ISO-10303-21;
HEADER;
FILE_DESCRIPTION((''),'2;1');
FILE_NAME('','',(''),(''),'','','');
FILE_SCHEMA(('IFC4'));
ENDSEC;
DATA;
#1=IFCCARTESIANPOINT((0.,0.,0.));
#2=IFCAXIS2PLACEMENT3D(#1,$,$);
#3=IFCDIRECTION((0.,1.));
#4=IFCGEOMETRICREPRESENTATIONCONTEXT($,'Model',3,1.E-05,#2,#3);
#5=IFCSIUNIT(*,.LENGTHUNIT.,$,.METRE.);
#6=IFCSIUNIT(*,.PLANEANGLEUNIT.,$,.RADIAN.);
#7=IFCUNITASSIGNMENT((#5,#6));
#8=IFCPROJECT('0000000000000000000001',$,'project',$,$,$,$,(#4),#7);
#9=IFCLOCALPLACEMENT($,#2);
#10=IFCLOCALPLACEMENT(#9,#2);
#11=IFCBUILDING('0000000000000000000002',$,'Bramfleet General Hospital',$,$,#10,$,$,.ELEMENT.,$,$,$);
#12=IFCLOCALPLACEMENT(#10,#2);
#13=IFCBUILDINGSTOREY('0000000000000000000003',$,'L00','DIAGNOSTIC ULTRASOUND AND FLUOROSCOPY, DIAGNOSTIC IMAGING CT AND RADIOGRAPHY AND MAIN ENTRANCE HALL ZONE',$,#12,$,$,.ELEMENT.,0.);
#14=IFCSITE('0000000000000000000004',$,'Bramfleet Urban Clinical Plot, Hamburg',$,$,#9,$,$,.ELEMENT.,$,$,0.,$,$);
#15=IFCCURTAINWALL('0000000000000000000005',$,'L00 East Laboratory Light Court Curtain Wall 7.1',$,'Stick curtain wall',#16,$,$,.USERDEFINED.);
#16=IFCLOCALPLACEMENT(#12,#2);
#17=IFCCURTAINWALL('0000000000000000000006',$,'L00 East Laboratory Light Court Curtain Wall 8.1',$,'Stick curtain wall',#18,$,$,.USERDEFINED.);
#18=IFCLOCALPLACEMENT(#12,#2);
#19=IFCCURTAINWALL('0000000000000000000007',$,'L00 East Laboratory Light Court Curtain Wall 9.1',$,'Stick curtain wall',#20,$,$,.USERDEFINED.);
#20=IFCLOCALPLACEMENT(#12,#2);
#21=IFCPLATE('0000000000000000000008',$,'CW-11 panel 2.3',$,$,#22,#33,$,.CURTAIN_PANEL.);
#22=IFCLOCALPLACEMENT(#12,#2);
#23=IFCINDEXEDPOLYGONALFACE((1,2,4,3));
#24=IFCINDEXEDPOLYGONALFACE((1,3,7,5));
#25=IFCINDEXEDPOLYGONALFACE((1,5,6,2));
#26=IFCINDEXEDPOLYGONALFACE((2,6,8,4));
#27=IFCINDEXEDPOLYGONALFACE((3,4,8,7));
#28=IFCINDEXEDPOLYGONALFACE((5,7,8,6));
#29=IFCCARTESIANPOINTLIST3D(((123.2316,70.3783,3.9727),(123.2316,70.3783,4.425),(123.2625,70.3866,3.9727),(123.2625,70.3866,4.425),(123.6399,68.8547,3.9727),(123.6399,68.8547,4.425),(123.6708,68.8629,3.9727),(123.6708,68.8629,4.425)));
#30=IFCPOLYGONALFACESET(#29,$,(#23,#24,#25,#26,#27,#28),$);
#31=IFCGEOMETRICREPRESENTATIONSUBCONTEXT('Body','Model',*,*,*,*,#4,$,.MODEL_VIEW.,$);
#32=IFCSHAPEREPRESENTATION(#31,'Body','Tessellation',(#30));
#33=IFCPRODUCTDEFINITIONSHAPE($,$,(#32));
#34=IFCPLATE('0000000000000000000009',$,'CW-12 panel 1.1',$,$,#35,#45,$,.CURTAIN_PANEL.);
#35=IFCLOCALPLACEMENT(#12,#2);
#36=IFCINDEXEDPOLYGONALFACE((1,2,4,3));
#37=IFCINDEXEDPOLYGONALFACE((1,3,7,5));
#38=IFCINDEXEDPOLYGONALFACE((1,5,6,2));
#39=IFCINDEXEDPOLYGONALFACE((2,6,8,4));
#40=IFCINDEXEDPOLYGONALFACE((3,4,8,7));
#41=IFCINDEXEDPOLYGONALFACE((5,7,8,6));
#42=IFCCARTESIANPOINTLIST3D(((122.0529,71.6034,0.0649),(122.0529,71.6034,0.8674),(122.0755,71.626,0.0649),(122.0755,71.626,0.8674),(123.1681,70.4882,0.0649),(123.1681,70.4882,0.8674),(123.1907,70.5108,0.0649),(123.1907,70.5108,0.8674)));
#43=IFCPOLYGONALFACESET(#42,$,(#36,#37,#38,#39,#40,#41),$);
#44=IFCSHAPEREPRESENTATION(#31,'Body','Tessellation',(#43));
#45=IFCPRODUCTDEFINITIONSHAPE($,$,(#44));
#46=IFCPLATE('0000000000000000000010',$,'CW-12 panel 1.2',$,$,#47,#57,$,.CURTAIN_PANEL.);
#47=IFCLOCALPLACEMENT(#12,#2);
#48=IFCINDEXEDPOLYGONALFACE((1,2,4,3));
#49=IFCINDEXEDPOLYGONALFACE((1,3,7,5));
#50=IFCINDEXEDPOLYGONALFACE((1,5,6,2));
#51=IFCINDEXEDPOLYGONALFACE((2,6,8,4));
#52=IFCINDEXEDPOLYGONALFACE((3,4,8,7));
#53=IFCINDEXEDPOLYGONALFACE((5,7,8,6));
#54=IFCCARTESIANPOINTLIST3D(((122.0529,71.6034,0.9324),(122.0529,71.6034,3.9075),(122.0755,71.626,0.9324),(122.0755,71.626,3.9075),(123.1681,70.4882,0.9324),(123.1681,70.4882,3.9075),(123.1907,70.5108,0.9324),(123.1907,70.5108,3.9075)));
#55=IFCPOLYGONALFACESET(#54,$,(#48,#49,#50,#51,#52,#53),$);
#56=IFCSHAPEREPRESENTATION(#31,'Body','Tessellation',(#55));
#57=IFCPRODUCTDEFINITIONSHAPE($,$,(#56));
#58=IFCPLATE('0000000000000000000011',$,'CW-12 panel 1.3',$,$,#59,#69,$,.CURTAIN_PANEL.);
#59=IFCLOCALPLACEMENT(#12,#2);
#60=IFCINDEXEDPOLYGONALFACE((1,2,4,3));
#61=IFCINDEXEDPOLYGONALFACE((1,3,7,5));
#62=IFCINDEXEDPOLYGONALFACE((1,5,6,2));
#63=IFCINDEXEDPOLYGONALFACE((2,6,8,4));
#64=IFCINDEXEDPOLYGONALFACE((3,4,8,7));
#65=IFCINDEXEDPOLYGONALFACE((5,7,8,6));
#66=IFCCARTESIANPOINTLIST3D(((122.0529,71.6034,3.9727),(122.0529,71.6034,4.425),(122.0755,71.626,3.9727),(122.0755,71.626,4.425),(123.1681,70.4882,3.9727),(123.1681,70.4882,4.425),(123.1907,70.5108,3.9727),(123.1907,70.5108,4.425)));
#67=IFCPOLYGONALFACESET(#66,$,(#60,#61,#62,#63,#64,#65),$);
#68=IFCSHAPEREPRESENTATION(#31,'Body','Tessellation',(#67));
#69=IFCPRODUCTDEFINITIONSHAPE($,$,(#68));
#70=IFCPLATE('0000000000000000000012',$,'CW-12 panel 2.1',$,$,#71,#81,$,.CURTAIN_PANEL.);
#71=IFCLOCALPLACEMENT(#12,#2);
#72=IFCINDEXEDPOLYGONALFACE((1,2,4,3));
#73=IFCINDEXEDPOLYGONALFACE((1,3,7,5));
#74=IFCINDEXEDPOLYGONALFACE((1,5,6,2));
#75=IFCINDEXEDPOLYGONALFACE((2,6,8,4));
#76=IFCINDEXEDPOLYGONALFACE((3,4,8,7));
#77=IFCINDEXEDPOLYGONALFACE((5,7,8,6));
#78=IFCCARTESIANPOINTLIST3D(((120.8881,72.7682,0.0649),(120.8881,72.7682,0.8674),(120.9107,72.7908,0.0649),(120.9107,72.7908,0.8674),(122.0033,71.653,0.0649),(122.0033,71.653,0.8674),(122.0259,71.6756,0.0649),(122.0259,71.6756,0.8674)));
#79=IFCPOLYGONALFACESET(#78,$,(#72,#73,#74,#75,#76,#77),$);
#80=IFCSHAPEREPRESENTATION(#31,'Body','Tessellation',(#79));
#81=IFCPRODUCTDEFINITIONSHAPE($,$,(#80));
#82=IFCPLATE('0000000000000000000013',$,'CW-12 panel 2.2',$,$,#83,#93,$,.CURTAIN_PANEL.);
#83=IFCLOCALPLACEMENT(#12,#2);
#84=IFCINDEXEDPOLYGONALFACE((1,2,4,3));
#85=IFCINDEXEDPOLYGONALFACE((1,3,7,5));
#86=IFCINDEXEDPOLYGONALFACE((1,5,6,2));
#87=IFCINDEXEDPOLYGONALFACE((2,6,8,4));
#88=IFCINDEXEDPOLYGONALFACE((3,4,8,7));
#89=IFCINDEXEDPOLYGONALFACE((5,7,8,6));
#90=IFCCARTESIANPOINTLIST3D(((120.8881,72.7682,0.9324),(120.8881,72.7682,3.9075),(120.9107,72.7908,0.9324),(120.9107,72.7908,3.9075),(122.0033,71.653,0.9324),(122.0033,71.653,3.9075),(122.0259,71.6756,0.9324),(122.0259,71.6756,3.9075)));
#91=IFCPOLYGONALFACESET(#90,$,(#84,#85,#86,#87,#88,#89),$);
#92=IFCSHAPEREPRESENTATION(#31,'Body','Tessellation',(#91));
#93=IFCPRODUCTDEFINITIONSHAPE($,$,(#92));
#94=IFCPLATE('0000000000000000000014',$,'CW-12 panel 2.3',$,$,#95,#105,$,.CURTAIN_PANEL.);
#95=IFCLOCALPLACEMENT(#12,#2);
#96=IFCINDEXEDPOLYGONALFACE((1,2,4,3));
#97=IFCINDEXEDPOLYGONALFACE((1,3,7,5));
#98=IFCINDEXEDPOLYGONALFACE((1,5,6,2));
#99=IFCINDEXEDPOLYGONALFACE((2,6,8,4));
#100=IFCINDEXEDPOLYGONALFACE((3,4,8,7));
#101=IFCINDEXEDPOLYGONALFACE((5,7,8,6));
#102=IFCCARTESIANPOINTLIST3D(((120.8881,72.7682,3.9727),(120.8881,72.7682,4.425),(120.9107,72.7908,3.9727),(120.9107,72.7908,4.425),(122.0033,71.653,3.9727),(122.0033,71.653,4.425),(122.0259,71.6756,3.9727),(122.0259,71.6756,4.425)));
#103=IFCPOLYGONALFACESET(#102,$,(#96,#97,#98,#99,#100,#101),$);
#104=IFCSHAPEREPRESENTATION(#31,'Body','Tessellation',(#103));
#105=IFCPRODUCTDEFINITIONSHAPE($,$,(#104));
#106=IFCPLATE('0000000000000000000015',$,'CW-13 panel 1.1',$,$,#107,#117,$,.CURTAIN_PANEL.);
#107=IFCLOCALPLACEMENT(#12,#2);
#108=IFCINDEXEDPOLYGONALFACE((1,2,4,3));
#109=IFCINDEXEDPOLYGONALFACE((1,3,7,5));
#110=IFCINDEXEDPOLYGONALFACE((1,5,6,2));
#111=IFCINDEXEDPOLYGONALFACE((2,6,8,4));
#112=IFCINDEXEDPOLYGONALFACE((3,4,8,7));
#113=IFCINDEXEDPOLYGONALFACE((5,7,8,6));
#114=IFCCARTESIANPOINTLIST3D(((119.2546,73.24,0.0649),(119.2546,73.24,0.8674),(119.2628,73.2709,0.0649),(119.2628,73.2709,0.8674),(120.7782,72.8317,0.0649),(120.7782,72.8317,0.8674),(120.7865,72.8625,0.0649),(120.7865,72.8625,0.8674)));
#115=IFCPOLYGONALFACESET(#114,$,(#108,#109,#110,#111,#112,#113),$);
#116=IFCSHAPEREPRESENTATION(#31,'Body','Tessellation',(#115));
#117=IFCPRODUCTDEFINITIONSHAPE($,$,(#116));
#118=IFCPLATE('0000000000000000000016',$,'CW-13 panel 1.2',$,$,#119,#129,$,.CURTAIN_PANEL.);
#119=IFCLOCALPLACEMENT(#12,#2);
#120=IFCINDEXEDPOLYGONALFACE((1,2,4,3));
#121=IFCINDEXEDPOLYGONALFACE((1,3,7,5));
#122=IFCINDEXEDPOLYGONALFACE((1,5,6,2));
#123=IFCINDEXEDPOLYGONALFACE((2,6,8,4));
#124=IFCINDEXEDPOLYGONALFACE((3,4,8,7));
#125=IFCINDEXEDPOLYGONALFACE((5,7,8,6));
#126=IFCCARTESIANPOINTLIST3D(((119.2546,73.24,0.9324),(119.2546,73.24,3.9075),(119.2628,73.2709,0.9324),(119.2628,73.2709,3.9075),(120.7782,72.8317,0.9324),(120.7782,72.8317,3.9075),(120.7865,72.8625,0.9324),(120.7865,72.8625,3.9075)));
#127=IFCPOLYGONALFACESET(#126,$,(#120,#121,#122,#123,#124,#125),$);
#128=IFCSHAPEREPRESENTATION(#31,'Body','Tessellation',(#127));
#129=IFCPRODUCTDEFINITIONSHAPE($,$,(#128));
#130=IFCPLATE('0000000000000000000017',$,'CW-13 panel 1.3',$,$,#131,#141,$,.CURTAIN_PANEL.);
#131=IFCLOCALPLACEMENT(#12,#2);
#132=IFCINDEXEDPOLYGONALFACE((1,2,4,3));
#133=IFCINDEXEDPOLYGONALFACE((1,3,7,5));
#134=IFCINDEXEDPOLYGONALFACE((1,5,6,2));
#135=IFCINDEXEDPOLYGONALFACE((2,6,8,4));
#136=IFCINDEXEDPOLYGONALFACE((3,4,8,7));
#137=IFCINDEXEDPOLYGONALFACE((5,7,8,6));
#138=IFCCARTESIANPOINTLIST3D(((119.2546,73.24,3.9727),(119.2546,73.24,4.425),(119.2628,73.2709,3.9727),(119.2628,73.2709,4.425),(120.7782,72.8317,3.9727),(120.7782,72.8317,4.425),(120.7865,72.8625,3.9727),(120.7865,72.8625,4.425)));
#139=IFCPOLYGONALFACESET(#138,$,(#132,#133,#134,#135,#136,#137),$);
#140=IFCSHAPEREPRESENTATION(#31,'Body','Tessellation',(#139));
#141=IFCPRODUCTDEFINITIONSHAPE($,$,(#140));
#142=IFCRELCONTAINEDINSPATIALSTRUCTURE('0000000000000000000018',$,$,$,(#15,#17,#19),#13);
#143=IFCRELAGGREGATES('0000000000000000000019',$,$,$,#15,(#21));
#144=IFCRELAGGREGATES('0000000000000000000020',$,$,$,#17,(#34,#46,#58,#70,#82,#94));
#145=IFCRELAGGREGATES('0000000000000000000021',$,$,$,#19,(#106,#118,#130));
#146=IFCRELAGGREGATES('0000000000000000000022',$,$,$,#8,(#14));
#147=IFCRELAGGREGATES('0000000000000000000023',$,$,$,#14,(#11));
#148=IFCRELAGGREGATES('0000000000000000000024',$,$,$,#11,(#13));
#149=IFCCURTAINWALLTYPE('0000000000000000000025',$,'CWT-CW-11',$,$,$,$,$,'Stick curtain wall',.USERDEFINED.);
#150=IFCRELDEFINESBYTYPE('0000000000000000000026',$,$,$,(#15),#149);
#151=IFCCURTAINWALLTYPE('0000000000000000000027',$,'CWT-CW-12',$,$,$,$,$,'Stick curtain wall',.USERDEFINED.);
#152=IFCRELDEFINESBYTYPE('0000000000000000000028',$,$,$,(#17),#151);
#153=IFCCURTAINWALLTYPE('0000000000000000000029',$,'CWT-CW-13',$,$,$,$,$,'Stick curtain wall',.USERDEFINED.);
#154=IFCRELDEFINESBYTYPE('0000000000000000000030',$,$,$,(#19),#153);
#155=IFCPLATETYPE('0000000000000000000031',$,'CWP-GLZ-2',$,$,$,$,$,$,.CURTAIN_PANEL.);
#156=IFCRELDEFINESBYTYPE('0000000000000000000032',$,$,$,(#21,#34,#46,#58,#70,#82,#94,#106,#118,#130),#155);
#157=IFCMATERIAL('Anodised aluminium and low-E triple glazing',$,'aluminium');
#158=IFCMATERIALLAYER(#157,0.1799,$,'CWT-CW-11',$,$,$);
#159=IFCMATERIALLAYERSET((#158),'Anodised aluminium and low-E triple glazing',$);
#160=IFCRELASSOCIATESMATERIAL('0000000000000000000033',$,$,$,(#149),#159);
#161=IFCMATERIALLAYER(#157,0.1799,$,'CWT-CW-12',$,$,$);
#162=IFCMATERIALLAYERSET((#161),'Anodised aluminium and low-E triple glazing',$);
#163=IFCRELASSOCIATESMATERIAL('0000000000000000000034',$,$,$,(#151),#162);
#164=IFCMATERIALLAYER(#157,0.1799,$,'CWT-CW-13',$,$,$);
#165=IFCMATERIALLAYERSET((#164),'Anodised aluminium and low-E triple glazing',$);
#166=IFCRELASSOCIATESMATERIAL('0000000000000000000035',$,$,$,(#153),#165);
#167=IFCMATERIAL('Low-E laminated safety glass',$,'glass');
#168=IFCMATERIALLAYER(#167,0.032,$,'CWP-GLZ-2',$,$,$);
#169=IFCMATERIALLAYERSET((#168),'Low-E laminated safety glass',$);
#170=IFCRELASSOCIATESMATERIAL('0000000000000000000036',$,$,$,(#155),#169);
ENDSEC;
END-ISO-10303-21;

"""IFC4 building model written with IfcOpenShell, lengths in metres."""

from ifc_helpers import new_model, si_unit, direction, frame, origin, origin_2d, place, context, subcontext, project, spatial, rectangle, extrude, material, layer, layer_set, type_object, element, aggregate, save


model = new_model("IFC4")

# Units and contexts
model_context = context("Model", 3, precision=1e-05, world=origin(), true_north=direction((0.0, 1.0)))
body_context = subcontext(model_context, "Body", "Model", "MODEL_VIEW")
ifc_project = project(units=[si_unit("LENGTHUNIT", "METRE"), si_unit("PLANEANGLEUNIT", "RADIAN")], contexts=[model_context])

# Site, building, storey
site_placement = place(None, origin())
site = spatial("IfcSite", under=ifc_project, at=site_placement, Name="Bramfleet Urban Clinical Plot, Hamburg", CompositionType="ELEMENT", RefElevation=0.0)
building_placement = place(site_placement, origin())
building = spatial("IfcBuilding", under=site, at=building_placement, Name="Bramfleet General Hospital", CompositionType="ELEMENT")
storey_placement = place(building_placement, origin())
storey = spatial("IfcBuildingStorey", under=building, at=storey_placement, Name="L00", Description="DIAGNOSTIC ULTRASOUND AND FLUOROSCOPY, DIAGNOSTIC IMAGING CT AND RADIOGRAPHY AND MAIN ENTRANCE HALL ZONE", CompositionType="ELEMENT", Elevation=0.0)

# Curtain wall
ifc_material_1 = material(Name="Anodised aluminium and low-E triple glazing", Category="aluminium")
ifc_layer_1 = layer(ifc_material_1, 0.1799, Name="CWT-CW-11")
ifc_layer_set_1 = layer_set([ifc_layer_1], Name="Anodised aluminium and low-E triple glazing")
curtain_wall_type_1 = type_object("IfcCurtainWallType", Name="CWT-CW-11", ElementType="Stick curtain wall", PredefinedType="USERDEFINED", material=ifc_layer_set_1)
curtain_wall_1_placement = place(storey_placement, origin())
curtain_wall_1 = element("IfcCurtainWall", 1, at=curtain_wall_1_placement, inside=storey, type_object=curtain_wall_type_1, Name="L00 East Laboratory Light Court Curtain Wall 7.1", ObjectType="Stick curtain wall", PredefinedType="USERDEFINED")

# Curtain walls
ifc_layer_2 = layer(ifc_material_1, 0.1799, Name="CWT-CW-12")
ifc_layer_set_2 = layer_set([ifc_layer_2], Name="Anodised aluminium and low-E triple glazing")
curtain_wall_type_2 = type_object("IfcCurtainWallType", Name="CWT-CW-12", ElementType="Stick curtain wall", PredefinedType="USERDEFINED", material=ifc_layer_set_2)
curtain_wall_2_placement = place(storey_placement, origin())
curtain_wall_2 = element("IfcCurtainWall", 2, at=curtain_wall_2_placement, inside=storey, type_object=curtain_wall_type_2, Name="L00 East Laboratory Light Court Curtain Wall 8.1", ObjectType="Stick curtain wall", PredefinedType="USERDEFINED")
ifc_layer_3 = layer(ifc_material_1, 0.1799, Name="CWT-CW-13")
ifc_layer_set_3 = layer_set([ifc_layer_3], Name="Anodised aluminium and low-E triple glazing")
curtain_wall_type_3 = type_object("IfcCurtainWallType", Name="CWT-CW-13", ElementType="Stick curtain wall", PredefinedType="USERDEFINED", material=ifc_layer_set_3)
curtain_wall_3_placement = place(storey_placement, origin())
curtain_wall_3 = element("IfcCurtainWall", 3, at=curtain_wall_3_placement, inside=storey, type_object=curtain_wall_type_3, Name="L00 East Laboratory Light Court Curtain Wall 9.1", ObjectType="Stick curtain wall", PredefinedType="USERDEFINED")

# Plates
ifc_material_2 = material(Name="Low-E laminated safety glass", Category="glass")
ifc_layer_4 = layer(ifc_material_2, 0.032, Name="CWP-GLZ-2")
ifc_layer_set_4 = layer_set([ifc_layer_4], Name="Low-E laminated safety glass")
plate_type = type_object("IfcPlateType", Name="CWP-GLZ-2", PredefinedType="CURTAIN_PANEL", material=ifc_layer_set_4)
plate_1_placement = place(storey_placement, frame((123.4512, 69.6206, 3.9727), z_axis=(0.0, 0.0, 1.0), x_axis=(-0.258865, 0.965914, 0.0)))
plate_1 = element("IfcPlate", 4, at=plate_1_placement, type_object=plate_type, Name="CW-11 panel 2.3", PredefinedType="CURTAIN_PANEL", context=body_context, shape_type="SweptSolid", body=[
    extrude(rectangle(XDim=1.5774, YDim=0.032, at=origin_2d()), origin(), (0.0, 0.0, 1.0), 0.4524),
])
aggregate(curtain_wall_1, [plate_1])
plate_2_placement = place(storey_placement, frame((122.6218, 71.0571, 0.0649), z_axis=(0.0, 0.0, 1.0), x_axis=(-0.707107, 0.707107, 0.0)))
plate_2 = element("IfcPlate", 5, at=plate_2_placement, type_object=plate_type, Name="CW-12 panel 1.1", PredefinedType="CURTAIN_PANEL", context=body_context, shape_type="SweptSolid", body=[
    extrude(rectangle(XDim=1.5771, YDim=0.032, at=origin_2d()), origin(), (0.0, 0.0, 1.0), 0.8025),
])
plate_3_placement = place(storey_placement, frame((122.6218, 71.0571, 0.9324), z_axis=(0.0, 0.0, 1.0), x_axis=(-0.707107, 0.707107, 0.0)))
plate_3 = element("IfcPlate", 6, at=plate_3_placement, type_object=plate_type, Name="CW-12 panel 1.2", PredefinedType="CURTAIN_PANEL", context=body_context, shape_type="SweptSolid", body=[
    extrude(rectangle(XDim=1.5771, YDim=0.032, at=origin_2d()), origin(), (0.0, 0.0, 1.0), 2.9751),
])
plate_4_placement = place(storey_placement, frame((122.6218, 71.0571, 3.9727), z_axis=(0.0, 0.0, 1.0), x_axis=(-0.707107, 0.707107, 0.0)))
plate_4 = element("IfcPlate", 7, at=plate_4_placement, type_object=plate_type, Name="CW-12 panel 1.3", PredefinedType="CURTAIN_PANEL", context=body_context, shape_type="SweptSolid", body=[
    extrude(rectangle(XDim=1.5771, YDim=0.032, at=origin_2d()), origin(), (0.0, 0.0, 1.0), 0.4524),
])
plate_5_placement = place(storey_placement, frame((121.457, 72.2219, 0.0649), z_axis=(0.0, 0.0, 1.0), x_axis=(-0.707107, 0.707107, 0.0)))
plate_5 = element("IfcPlate", 8, at=plate_5_placement, type_object=plate_type, Name="CW-12 panel 2.1", PredefinedType="CURTAIN_PANEL", context=body_context, shape_type="SweptSolid", body=[
    extrude(rectangle(XDim=1.5771, YDim=0.032, at=origin_2d()), origin(), (0.0, 0.0, 1.0), 0.8025),
])
plate_6_placement = place(storey_placement, frame((121.457, 72.2219, 0.9324), z_axis=(0.0, 0.0, 1.0), x_axis=(-0.707107, 0.707107, 0.0)))
plate_6 = element("IfcPlate", 9, at=plate_6_placement, type_object=plate_type, Name="CW-12 panel 2.2", PredefinedType="CURTAIN_PANEL", context=body_context, shape_type="SweptSolid", body=[
    extrude(rectangle(XDim=1.5771, YDim=0.032, at=origin_2d()), origin(), (0.0, 0.0, 1.0), 2.9751),
])
plate_7_placement = place(storey_placement, frame((121.457, 72.2219, 3.9727), z_axis=(0.0, 0.0, 1.0), x_axis=(-0.707107, 0.707107, 0.0)))
plate_7 = element("IfcPlate", 10, at=plate_7_placement, type_object=plate_type, Name="CW-12 panel 2.3", PredefinedType="CURTAIN_PANEL", context=body_context, shape_type="SweptSolid", body=[
    extrude(rectangle(XDim=1.5771, YDim=0.032, at=origin_2d()), origin(), (0.0, 0.0, 1.0), 0.4524),
])
aggregate(curtain_wall_2, [plate_2, plate_3, plate_4, plate_5, plate_6, plate_7])
plate_8_placement = place(storey_placement, frame((120.0205, 73.0513, 0.0649), z_axis=(0.0, 0.0, 1.0), x_axis=(-0.965914, 0.258865, 0.0)))
plate_8 = element("IfcPlate", 11, at=plate_8_placement, type_object=plate_type, Name="CW-13 panel 1.1", PredefinedType="CURTAIN_PANEL", context=body_context, shape_type="SweptSolid", body=[
    extrude(rectangle(XDim=1.5774, YDim=0.032, at=origin_2d()), origin(), (0.0, 0.0, 1.0), 0.8025),
])
plate_9_placement = place(storey_placement, frame((120.0205, 73.0513, 0.9324), z_axis=(0.0, 0.0, 1.0), x_axis=(-0.965914, 0.258865, 0.0)))
plate_9 = element("IfcPlate", 12, at=plate_9_placement, type_object=plate_type, Name="CW-13 panel 1.2", PredefinedType="CURTAIN_PANEL", context=body_context, shape_type="SweptSolid", body=[
    extrude(rectangle(XDim=1.5774, YDim=0.032, at=origin_2d()), origin(), (0.0, 0.0, 1.0), 2.9751),
])
plate_10_placement = place(storey_placement, frame((120.0205, 73.0513, 3.9727), z_axis=(0.0, 0.0, 1.0), x_axis=(-0.965914, 0.258865, 0.0)))
plate_10 = element("IfcPlate", 13, at=plate_10_placement, type_object=plate_type, Name="CW-13 panel 1.3", PredefinedType="CURTAIN_PANEL", context=body_context, shape_type="SweptSolid", body=[
    extrude(rectangle(XDim=1.5774, YDim=0.032, at=origin_2d()), origin(), (0.0, 0.0, 1.0), 0.4524),
])
aggregate(curtain_wall_3, [plate_8, plate_9, plate_10])

save(model, "model.ifc")
